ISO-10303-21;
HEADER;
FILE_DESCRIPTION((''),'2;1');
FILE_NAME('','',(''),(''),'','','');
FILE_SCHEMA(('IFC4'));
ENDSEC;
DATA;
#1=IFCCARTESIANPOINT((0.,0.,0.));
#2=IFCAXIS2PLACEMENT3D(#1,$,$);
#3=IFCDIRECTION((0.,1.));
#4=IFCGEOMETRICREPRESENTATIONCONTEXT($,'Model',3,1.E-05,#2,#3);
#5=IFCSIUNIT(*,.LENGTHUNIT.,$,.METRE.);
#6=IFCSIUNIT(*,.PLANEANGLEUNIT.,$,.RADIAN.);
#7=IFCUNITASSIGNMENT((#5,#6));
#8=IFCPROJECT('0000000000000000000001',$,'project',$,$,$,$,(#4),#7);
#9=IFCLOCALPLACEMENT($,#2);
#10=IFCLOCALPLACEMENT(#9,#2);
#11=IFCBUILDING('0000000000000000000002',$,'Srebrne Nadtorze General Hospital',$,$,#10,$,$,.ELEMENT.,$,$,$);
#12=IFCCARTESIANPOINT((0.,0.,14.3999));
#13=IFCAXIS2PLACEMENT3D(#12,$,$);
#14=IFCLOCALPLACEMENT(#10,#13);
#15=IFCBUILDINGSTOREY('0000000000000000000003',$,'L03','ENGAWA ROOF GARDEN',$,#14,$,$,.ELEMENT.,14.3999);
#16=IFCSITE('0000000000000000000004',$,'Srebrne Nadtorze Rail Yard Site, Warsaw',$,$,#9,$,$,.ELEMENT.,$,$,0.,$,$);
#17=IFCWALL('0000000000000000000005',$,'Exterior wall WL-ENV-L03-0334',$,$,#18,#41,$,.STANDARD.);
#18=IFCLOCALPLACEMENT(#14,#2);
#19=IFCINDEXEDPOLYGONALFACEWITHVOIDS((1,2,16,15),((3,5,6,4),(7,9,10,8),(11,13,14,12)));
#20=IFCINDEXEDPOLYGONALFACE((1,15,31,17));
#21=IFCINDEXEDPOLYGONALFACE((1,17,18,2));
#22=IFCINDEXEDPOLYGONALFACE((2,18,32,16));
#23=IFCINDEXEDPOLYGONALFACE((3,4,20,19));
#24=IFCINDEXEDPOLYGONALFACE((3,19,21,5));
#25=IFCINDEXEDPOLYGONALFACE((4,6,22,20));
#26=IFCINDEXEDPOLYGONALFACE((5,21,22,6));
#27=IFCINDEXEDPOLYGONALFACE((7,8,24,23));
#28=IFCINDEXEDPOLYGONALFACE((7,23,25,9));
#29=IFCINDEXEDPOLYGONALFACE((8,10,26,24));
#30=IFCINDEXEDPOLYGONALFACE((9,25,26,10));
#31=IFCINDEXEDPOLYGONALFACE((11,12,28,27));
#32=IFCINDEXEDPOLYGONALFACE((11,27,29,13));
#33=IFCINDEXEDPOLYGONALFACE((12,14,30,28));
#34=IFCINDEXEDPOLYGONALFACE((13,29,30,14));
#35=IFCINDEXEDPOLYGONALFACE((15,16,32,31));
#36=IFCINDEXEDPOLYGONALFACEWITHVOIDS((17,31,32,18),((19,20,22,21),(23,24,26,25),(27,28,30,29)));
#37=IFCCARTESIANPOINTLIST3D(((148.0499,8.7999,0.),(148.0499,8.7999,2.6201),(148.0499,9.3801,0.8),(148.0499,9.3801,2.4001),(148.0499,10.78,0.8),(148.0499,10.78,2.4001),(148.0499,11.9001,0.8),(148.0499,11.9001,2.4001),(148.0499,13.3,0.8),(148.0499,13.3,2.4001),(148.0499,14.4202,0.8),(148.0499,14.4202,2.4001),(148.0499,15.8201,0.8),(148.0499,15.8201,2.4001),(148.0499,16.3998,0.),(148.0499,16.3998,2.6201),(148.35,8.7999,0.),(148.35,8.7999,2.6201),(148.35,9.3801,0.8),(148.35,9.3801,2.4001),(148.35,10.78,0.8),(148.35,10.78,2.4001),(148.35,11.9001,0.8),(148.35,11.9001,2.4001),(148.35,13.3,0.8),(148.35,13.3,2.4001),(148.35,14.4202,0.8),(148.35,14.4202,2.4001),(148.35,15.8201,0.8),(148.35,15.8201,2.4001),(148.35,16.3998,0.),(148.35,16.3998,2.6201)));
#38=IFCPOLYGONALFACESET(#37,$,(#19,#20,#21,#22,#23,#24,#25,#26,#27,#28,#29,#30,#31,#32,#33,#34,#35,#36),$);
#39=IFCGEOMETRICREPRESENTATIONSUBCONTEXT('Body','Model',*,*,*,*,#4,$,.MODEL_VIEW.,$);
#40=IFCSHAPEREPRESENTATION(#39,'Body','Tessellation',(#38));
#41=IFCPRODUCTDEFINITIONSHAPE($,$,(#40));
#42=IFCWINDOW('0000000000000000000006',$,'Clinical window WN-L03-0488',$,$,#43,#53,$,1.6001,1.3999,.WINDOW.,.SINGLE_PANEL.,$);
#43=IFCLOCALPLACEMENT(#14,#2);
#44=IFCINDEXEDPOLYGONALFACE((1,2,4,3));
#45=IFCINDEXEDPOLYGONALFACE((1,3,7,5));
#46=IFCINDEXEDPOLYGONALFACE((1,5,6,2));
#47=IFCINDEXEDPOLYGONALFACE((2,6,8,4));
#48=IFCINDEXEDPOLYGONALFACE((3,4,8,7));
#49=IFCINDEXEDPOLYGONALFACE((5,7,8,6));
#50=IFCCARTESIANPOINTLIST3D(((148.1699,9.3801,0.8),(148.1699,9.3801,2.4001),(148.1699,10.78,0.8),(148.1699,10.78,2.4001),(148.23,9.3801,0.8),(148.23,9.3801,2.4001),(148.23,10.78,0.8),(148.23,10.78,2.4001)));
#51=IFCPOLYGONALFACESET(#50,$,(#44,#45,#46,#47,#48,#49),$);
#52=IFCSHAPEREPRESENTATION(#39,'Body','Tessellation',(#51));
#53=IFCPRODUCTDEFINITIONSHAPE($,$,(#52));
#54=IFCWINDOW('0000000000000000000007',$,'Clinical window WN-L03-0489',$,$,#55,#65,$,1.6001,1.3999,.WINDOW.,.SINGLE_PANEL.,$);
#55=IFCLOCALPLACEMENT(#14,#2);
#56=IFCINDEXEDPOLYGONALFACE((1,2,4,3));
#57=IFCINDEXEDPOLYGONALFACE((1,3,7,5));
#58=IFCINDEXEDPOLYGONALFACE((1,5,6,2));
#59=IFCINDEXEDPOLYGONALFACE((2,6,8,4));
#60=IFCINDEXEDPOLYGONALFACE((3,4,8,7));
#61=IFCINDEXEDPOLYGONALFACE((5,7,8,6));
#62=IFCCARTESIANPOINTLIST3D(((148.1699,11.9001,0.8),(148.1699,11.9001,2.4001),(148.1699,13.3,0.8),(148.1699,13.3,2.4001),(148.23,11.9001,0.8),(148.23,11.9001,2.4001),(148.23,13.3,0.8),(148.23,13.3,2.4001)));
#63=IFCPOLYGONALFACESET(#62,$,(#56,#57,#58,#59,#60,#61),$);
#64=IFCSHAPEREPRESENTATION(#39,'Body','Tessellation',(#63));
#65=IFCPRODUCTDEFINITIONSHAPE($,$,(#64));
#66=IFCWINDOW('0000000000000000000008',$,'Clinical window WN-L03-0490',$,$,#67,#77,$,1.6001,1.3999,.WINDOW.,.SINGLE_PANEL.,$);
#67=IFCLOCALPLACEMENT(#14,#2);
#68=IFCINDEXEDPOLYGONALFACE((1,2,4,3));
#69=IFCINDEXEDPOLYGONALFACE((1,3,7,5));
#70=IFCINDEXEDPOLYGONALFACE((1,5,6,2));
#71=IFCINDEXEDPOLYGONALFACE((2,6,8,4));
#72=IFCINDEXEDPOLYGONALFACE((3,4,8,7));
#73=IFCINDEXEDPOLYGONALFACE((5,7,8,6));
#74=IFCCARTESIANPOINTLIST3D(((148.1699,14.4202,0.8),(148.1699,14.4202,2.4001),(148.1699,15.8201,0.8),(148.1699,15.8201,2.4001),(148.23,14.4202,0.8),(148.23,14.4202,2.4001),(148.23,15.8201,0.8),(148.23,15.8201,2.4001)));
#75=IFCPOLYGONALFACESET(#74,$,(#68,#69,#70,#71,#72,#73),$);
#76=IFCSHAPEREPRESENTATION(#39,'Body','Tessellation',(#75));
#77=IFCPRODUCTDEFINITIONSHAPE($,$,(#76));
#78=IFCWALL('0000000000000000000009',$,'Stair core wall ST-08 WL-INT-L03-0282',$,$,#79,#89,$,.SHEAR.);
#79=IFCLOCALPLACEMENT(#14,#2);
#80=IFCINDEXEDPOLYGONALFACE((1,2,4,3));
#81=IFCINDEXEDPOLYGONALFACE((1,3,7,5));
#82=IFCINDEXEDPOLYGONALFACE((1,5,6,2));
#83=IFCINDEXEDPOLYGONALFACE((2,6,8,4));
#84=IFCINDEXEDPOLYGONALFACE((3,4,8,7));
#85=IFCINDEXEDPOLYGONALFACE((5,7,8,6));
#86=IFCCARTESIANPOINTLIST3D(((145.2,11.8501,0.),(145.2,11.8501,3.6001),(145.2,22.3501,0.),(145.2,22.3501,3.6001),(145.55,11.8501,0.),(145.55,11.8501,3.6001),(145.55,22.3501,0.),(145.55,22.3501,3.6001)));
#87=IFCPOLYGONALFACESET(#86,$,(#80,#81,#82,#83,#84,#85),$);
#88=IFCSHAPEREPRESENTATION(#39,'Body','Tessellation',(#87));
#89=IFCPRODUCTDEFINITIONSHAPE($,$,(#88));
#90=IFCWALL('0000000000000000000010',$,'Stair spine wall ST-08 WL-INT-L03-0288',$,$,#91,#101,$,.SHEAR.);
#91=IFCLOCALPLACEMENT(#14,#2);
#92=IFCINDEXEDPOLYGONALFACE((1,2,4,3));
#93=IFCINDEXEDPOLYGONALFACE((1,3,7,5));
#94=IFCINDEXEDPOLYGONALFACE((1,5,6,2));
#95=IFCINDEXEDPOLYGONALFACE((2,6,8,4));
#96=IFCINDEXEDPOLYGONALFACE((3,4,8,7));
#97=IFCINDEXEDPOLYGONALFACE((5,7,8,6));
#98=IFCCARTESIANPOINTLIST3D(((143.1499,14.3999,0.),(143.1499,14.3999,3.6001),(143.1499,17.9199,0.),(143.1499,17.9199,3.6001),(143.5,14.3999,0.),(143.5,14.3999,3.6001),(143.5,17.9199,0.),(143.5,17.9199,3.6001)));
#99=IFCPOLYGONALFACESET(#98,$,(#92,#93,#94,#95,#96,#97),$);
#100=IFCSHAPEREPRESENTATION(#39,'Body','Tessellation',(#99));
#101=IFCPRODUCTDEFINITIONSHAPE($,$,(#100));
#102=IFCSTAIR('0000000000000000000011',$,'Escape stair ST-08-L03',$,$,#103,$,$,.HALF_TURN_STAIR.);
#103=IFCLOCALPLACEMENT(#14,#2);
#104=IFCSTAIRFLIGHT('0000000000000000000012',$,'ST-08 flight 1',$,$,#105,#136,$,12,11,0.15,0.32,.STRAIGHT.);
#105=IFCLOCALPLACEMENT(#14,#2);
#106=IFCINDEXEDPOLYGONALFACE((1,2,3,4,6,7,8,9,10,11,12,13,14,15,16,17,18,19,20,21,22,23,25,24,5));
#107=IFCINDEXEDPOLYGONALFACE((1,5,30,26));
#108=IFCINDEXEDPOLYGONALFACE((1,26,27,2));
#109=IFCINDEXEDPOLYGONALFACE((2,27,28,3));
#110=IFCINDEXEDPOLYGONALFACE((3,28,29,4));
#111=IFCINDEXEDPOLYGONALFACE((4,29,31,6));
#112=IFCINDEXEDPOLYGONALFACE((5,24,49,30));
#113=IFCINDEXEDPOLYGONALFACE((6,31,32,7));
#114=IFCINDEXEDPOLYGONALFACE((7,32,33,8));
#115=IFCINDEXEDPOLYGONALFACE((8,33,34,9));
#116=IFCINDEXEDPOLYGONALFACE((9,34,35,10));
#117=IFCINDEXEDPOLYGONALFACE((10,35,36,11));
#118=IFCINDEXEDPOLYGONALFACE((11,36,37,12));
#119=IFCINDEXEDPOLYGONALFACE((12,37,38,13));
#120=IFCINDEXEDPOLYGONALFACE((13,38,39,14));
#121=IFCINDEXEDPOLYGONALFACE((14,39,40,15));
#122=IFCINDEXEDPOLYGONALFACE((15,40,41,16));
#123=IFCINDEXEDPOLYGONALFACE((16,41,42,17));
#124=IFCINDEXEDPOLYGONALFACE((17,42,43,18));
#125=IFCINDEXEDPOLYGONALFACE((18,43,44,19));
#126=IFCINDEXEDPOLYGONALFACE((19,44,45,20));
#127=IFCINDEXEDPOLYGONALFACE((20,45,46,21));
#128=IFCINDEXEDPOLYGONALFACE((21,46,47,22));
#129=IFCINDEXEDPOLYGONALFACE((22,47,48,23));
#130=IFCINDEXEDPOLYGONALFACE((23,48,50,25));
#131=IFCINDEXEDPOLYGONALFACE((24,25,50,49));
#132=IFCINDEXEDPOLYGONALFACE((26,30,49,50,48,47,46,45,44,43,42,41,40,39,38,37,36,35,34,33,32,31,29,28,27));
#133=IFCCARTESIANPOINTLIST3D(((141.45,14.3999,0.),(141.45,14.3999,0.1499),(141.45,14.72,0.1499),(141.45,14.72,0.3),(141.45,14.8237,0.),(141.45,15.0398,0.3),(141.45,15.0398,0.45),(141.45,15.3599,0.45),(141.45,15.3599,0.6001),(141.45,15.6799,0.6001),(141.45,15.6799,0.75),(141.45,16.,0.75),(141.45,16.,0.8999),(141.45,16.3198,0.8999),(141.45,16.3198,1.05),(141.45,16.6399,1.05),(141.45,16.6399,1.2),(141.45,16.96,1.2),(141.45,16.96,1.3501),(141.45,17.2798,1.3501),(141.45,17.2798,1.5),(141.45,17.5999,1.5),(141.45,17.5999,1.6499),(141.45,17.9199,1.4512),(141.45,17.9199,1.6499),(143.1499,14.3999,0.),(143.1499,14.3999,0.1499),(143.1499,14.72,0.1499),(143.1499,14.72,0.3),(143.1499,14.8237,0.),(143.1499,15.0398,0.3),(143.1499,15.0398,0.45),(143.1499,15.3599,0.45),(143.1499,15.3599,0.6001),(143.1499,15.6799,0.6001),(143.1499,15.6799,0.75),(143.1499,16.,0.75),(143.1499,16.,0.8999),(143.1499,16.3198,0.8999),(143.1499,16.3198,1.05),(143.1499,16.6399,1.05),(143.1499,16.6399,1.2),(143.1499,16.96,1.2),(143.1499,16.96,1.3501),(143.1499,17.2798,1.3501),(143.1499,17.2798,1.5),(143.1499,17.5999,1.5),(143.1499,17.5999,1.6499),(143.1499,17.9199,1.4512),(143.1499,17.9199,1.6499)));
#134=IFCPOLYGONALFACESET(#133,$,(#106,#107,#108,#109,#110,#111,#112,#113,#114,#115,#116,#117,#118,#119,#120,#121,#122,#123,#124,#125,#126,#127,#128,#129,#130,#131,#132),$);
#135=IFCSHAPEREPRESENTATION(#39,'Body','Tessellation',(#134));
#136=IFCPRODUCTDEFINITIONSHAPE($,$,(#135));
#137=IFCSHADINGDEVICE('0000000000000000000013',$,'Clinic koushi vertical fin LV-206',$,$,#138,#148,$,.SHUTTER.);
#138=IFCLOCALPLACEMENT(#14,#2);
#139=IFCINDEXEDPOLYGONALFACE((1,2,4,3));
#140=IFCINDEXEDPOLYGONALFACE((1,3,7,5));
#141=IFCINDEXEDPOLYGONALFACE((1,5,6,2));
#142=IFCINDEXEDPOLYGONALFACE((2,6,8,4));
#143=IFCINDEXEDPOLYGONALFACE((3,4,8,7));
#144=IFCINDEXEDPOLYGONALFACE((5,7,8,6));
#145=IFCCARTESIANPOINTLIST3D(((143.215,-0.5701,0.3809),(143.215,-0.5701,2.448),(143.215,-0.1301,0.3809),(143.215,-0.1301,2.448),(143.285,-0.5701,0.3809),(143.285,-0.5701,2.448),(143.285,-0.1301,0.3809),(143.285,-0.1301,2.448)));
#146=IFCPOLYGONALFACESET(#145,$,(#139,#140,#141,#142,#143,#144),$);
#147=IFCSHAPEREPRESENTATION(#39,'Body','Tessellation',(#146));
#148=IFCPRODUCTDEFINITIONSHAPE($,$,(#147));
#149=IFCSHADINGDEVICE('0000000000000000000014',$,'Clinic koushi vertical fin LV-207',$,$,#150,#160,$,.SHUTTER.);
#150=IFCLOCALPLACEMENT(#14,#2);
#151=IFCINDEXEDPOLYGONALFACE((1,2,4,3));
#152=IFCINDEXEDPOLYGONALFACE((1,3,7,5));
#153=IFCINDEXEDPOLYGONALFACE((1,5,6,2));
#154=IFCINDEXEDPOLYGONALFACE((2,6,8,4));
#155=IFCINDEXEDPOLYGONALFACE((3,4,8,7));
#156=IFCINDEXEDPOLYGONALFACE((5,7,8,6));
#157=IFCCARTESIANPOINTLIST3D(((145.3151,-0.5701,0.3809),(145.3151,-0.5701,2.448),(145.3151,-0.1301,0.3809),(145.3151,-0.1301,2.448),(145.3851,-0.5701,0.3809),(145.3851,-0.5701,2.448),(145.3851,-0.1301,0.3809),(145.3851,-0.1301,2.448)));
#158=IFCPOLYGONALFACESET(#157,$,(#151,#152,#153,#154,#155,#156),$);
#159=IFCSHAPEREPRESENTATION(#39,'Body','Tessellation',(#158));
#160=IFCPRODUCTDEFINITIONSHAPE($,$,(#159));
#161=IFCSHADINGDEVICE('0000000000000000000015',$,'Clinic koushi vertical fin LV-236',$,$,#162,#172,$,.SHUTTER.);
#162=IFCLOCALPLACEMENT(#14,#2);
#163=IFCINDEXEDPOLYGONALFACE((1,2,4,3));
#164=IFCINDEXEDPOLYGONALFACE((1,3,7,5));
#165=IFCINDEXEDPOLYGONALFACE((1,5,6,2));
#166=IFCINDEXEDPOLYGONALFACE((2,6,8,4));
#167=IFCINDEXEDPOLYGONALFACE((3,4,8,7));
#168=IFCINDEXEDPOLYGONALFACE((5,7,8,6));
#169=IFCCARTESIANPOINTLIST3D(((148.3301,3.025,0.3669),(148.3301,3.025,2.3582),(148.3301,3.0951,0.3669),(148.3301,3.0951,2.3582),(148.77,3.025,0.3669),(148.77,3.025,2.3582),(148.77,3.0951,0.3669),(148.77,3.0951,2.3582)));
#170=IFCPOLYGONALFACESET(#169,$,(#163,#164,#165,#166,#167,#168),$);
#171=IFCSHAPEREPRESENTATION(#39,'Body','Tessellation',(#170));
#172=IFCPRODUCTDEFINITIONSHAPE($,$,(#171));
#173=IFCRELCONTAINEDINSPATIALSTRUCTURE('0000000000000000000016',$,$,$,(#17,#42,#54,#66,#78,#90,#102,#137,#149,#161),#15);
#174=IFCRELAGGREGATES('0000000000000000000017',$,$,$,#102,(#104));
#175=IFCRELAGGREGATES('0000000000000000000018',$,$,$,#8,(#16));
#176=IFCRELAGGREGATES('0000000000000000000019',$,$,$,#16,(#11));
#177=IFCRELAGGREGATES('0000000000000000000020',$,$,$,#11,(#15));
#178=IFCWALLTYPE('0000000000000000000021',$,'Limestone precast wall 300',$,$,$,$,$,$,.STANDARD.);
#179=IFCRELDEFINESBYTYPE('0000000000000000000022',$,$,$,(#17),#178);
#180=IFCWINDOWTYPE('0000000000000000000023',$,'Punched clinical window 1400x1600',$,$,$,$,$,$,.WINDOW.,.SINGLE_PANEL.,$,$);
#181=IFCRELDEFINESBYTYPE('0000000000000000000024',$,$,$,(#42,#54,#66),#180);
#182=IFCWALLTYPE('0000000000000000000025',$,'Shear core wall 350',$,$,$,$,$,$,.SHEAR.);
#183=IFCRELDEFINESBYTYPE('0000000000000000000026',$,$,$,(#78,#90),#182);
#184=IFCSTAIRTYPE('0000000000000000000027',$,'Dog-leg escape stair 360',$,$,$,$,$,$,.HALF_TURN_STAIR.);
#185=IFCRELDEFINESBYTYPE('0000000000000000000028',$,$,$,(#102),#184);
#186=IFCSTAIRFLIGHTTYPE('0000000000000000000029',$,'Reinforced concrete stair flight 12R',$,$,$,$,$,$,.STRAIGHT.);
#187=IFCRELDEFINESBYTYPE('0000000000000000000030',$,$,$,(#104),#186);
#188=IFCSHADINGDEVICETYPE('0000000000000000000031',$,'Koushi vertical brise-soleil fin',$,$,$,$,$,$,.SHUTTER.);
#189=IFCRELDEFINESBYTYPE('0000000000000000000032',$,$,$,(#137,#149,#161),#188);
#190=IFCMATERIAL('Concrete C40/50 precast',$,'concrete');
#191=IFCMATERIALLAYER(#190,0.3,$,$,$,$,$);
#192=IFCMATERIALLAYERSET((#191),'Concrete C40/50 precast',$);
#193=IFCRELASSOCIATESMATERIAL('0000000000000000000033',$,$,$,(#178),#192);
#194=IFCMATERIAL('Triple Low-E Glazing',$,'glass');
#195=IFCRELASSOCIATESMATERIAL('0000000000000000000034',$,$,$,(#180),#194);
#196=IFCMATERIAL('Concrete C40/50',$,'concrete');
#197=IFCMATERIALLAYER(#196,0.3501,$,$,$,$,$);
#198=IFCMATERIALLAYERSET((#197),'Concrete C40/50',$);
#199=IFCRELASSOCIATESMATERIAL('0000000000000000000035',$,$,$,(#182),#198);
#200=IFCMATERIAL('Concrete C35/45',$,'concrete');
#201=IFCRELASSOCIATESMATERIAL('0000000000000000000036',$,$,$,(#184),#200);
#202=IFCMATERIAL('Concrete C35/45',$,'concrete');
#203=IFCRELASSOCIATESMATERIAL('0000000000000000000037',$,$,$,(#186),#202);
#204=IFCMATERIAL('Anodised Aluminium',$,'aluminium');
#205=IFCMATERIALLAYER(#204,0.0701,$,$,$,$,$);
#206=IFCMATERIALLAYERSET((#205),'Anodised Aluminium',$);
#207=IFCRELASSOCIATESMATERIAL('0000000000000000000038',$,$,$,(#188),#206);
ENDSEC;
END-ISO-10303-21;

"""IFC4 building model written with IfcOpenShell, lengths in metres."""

from ifc_helpers import new_model, si_unit, direction, frame, frame_2d, origin, origin_2d, place, context, subcontext, project, spatial, polyline, rectangle, outline, extrude, material, layer, layer_set, type_object, element, fill, aggregate, save


model = new_model("IFC4")

# Units and contexts
model_context = context("Model", 3, precision=1e-05, world=origin(), true_north=direction((0.0, 1.0)))
body_context = subcontext(model_context, "Body", "Model", "MODEL_VIEW")
ifc_project = project(units=[si_unit("LENGTHUNIT", "METRE"), si_unit("PLANEANGLEUNIT", "RADIAN")], contexts=[model_context])

# Site, building, storey
site_placement = place(None, origin())
site = spatial("IfcSite", under=ifc_project, at=site_placement, Name="Srebrne Nadtorze Rail Yard Site, Warsaw", CompositionType="ELEMENT", RefElevation=0.0)
building_placement = place(site_placement, origin())
building = spatial("IfcBuilding", under=site, at=building_placement, Name="Srebrne Nadtorze General Hospital", CompositionType="ELEMENT")
storey_placement = place(building_placement, frame((0.0, 0.0, 14.3999)))
storey = spatial("IfcBuildingStorey", under=building, at=storey_placement, Name="L03", Description="ENGAWA ROOF GARDEN", CompositionType="ELEMENT", Elevation=14.3999)

# Wall, openings, windows
ifc_material_1 = material(Name="Concrete C40/50 precast", Category="concrete")
ifc_layer_1 = layer(ifc_material_1, 0.3)
ifc_layer_set_1 = layer_set([ifc_layer_1], Name="Concrete C40/50 precast")
wall_type_1 = type_object("IfcWallType", Name="Limestone precast wall 300", PredefinedType="STANDARD", material=ifc_layer_set_1)
wall_1_placement = place(storey_placement, frame((148.2, 8.8, 0.0), z_axis=(0.0, 0.0, 1.0), x_axis=(0.0, 1.0, 0.0)))
wall_1 = element("IfcWall", 1, at=wall_1_placement, inside=storey, type_object=wall_type_1, Name="Exterior wall WL-ENV-L03-0334", PredefinedType="STANDARD", context=body_context, shape_type="SweptSolid", body=[
    extrude(rectangle(XDim=7.5999, YDim=0.3, at=frame_2d((3.7998, 0.0))), origin(), (0.0, 0.0, 1.0), 2.6201),
])
opening_1_placement = place(wall_1_placement, frame((0.5801, 0.0, 0.8)))
opening_1 = element("IfcOpeningElement", 2, at=opening_1_placement, cuts=wall_1, PredefinedType="OPENING", context=body_context, shape_type="SweptSolid", body=[
    extrude(rectangle(XDim=1.3999, YDim=1.6001, at=frame_2d((0.7, 0.8))), frame((0.0, 0.1621, 0.0), z_axis=(0.0, -1.0, 0.0), x_axis=(1.0, 0.0, 0.0)), (0.0, 0.0, 1.0), 0.324),
])
opening_2_placement = place(wall_1_placement, frame((3.1001, 0.0, 0.8)))
opening_2 = element("IfcOpeningElement", 3, at=opening_2_placement, cuts=wall_1, PredefinedType="OPENING", context=body_context, shape_type="SweptSolid", body=[
    extrude(rectangle(XDim=1.3999, YDim=1.6001, at=frame_2d((0.7, 0.8))), frame((0.0, 0.1621, 0.0), z_axis=(0.0, -1.0, 0.0), x_axis=(1.0, 0.0, 0.0)), (0.0, 0.0, 1.0), 0.324),
])
opening_3_placement = place(wall_1_placement, frame((5.6201, 0.0, 0.8)))
opening_3 = element("IfcOpeningElement", 4, at=opening_3_placement, cuts=wall_1, PredefinedType="OPENING", context=body_context, shape_type="SweptSolid", body=[
    extrude(rectangle(XDim=1.3999, YDim=1.6001, at=frame_2d((0.7, 0.8))), frame((0.0, 0.1621, 0.0), z_axis=(0.0, -1.0, 0.0), x_axis=(1.0, 0.0, 0.0)), (0.0, 0.0, 1.0), 0.324),
])
ifc_material_2 = material(Name="Triple Low-E Glazing", Category="glass")
window_type_1 = type_object("IfcWindowType", Name="Punched clinical window 1400x1600", PartitioningType="SINGLE_PANEL", PredefinedType="WINDOW", material=ifc_material_2)
window_1_placement = place(opening_1_placement, origin())
window_1 = element("IfcWindow", 5, at=window_1_placement, inside=storey, type_object=window_type_1, Name="Clinical window WN-L03-0488", OverallHeight=1.6001, OverallWidth=1.3999, PartitioningType="SINGLE_PANEL", PredefinedType="WINDOW", context=body_context, shape_type="SweptSolid", body=[
    extrude(rectangle(XDim=1.3999, YDim=1.6001, at=frame_2d((0.7, 0.8))), frame((0.0, 0.03, 0.0), z_axis=(0.0, -1.0, 0.0), x_axis=(1.0, 0.0, 0.0)), (0.0, 0.0, 1.0), 0.0601),
])
fill(opening_1, window_1)
window_2_placement = place(opening_2_placement, origin())
window_2 = element("IfcWindow", 6, at=window_2_placement, inside=storey, type_object=window_type_1, Name="Clinical window WN-L03-0489", OverallHeight=1.6001, OverallWidth=1.3999, PartitioningType="SINGLE_PANEL", PredefinedType="WINDOW", context=body_context, shape_type="SweptSolid", body=[
    extrude(rectangle(XDim=1.3999, YDim=1.6001, at=frame_2d((0.7, 0.8))), frame((0.0, 0.03, 0.0), z_axis=(0.0, -1.0, 0.0), x_axis=(1.0, 0.0, 0.0)), (0.0, 0.0, 1.0), 0.0601),
])
fill(opening_2, window_2)
window_3_placement = place(opening_3_placement, origin())
window_3 = element("IfcWindow", 7, at=window_3_placement, inside=storey, type_object=window_type_1, Name="Clinical window WN-L03-0490", OverallHeight=1.6001, OverallWidth=1.3999, PartitioningType="SINGLE_PANEL", PredefinedType="WINDOW", context=body_context, shape_type="SweptSolid", body=[
    extrude(rectangle(XDim=1.3999, YDim=1.6001, at=frame_2d((0.7, 0.8))), frame((0.0, 0.03, 0.0), z_axis=(0.0, -1.0, 0.0), x_axis=(1.0, 0.0, 0.0)), (0.0, 0.0, 1.0), 0.0601),
])
fill(opening_3, window_3)

# Walls
ifc_material_3 = material(Name="Concrete C40/50", Category="concrete")
ifc_layer_2 = layer(ifc_material_3, 0.3501)
ifc_layer_set_2 = layer_set([ifc_layer_2], Name="Concrete C40/50")
wall_type_2 = type_object("IfcWallType", Name="Shear core wall 350", PredefinedType="SHEAR", material=ifc_layer_set_2)
wall_2_placement = place(storey_placement, frame((145.375, 11.8501, 0.0), z_axis=(0.0, 0.0, 1.0), x_axis=(0.0, 1.0, 0.0)))
element("IfcWall", 8, at=wall_2_placement, inside=storey, type_object=wall_type_2, Name="Stair core wall ST-08 WL-INT-L03-0282", PredefinedType="SHEAR", context=body_context, shape_type="SweptSolid", body=[
    extrude(rectangle(XDim=10.5, YDim=0.3501, at=frame_2d((5.25, 0.0))), origin(), (0.0, 0.0, 1.0), 3.6001),
])
wall_3_placement = place(storey_placement, frame((143.325, 14.3999, 0.0), z_axis=(0.0, 0.0, 1.0), x_axis=(0.0, 1.0, 0.0)))
element("IfcWall", 9, at=wall_3_placement, inside=storey, type_object=wall_type_2, Name="Stair spine wall ST-08 WL-INT-L03-0288", PredefinedType="SHEAR", context=body_context, shape_type="SweptSolid", body=[
    extrude(rectangle(XDim=3.52, YDim=0.3501, at=frame_2d((1.76, 0.0))), origin(), (0.0, 0.0, 1.0), 3.6001),
])

# Stair, stair flight
ifc_material_4 = material(Name="Concrete C35/45", Category="concrete")
stair_type = type_object("IfcStairType", Name="Dog-leg escape stair 360", PredefinedType="HALF_TURN_STAIR", material=ifc_material_4)
stair_placement = place(storey_placement, origin())
stair = element("IfcStair", 10, at=stair_placement, inside=storey, type_object=stair_type, Name="Escape stair ST-08-L03", PredefinedType="HALF_TURN_STAIR")
ifc_material_5 = material(Name="Concrete C35/45", Category="concrete")
stair_flight_type = type_object("IfcStairFlightType", Name="Reinforced concrete stair flight 12R", PredefinedType="STRAIGHT", material=ifc_material_5)
stair_flight_placement = place(storey_placement, frame((142.3, 14.3999, 0.0), z_axis=(0.0, 0.0, 1.0), x_axis=(0.0, 1.0, 0.0)))
stair_flight = element("IfcStairFlight", 11, at=stair_flight_placement, type_object=stair_flight_type, Name="ST-08 flight 1", NumberOfRisers=12, NumberOfTreads=11, PredefinedType="STRAIGHT", RiserHeight=0.15, TreadLength=0.32, context=body_context, shape_type="SweptSolid", body=[
    extrude(outline(polyline([(0.0, 0.0), (0.0, 0.1499), (0.3201, 0.1499), (0.3201, 0.3), (0.6399, 0.3), (0.6399, 0.45), (0.96, 0.45), (0.96, 0.6001), (1.28, 0.6001), (1.28, 0.75), (1.6001, 0.75), (1.6001, 0.8999), (1.9199, 0.8999), (1.9199, 1.05), (2.24, 1.05), (2.24, 1.2), (2.5601, 1.2), (2.5601, 1.3501), (2.8799, 1.3501), (2.8799, 1.5), (3.2, 1.5), (3.2, 1.6499), (3.52, 1.6499), (3.52, 1.8), (3.52, 1.4512), (0.4238, 0.0), (0.0, 0.0)])), frame((0.0, 0.8501, 0.0), z_axis=(0.0, -1.0, 0.0), x_axis=(1.0, 0.0, 0.0)), (0.0, 0.0, 1.0), 1.7),
])
aggregate(stair, [stair_flight])

# Shading devices
ifc_material_6 = material(Name="Anodised Aluminium", Category="aluminium")
ifc_layer_3 = layer(ifc_material_6, 0.0701)
ifc_layer_set_3 = layer_set([ifc_layer_3], Name="Anodised Aluminium")
shading_device_type = type_object("IfcShadingDeviceType", Name="Koushi vertical brise-soleil fin", PredefinedType="SHUTTER", material=ifc_layer_set_3)
for number, where, z_axis, x_axis, name in (
    (12, (143.25, -0.3501, 0.3809), (0.0, 0.0, 1.0), (1.0, 0.0, 0.0), "Clinic koushi vertical fin LV-206"),
    (13, (145.3501, -0.3501, 0.3809), (0.0, 0.0, 1.0), (1.0, 0.0, 0.0), "Clinic koushi vertical fin LV-207"),
):
    element("IfcShadingDevice", number, at=place(storey_placement, frame(where, z_axis=z_axis, x_axis=x_axis)), inside=storey, type_object=shading_device_type, Name=name, PredefinedType="SHUTTER", context=body_context, shape_type="SweptSolid", body=[
        extrude(rectangle(XDim=0.0701, YDim=0.4399, at=origin_2d()), origin(), (0.0, 0.0, 1.0), 2.0671),
    ])
for number, where, z_axis, x_axis, name in (
    (14, (148.55, 3.0601, 0.3669), (0.0, 0.0, 1.0), (1.0, 0.0, 0.0), "Clinic koushi vertical fin LV-236"),
):
    element("IfcShadingDevice", number, at=place(storey_placement, frame(where, z_axis=z_axis, x_axis=x_axis)), inside=storey, type_object=shading_device_type, Name=name, PredefinedType="SHUTTER", context=body_context, shape_type="SweptSolid", body=[
        extrude(rectangle(XDim=0.4399, YDim=0.0701, at=origin_2d()), origin(), (0.0, 0.0, 1.0), 1.9912),
    ])

save(model, "model.ifc")
